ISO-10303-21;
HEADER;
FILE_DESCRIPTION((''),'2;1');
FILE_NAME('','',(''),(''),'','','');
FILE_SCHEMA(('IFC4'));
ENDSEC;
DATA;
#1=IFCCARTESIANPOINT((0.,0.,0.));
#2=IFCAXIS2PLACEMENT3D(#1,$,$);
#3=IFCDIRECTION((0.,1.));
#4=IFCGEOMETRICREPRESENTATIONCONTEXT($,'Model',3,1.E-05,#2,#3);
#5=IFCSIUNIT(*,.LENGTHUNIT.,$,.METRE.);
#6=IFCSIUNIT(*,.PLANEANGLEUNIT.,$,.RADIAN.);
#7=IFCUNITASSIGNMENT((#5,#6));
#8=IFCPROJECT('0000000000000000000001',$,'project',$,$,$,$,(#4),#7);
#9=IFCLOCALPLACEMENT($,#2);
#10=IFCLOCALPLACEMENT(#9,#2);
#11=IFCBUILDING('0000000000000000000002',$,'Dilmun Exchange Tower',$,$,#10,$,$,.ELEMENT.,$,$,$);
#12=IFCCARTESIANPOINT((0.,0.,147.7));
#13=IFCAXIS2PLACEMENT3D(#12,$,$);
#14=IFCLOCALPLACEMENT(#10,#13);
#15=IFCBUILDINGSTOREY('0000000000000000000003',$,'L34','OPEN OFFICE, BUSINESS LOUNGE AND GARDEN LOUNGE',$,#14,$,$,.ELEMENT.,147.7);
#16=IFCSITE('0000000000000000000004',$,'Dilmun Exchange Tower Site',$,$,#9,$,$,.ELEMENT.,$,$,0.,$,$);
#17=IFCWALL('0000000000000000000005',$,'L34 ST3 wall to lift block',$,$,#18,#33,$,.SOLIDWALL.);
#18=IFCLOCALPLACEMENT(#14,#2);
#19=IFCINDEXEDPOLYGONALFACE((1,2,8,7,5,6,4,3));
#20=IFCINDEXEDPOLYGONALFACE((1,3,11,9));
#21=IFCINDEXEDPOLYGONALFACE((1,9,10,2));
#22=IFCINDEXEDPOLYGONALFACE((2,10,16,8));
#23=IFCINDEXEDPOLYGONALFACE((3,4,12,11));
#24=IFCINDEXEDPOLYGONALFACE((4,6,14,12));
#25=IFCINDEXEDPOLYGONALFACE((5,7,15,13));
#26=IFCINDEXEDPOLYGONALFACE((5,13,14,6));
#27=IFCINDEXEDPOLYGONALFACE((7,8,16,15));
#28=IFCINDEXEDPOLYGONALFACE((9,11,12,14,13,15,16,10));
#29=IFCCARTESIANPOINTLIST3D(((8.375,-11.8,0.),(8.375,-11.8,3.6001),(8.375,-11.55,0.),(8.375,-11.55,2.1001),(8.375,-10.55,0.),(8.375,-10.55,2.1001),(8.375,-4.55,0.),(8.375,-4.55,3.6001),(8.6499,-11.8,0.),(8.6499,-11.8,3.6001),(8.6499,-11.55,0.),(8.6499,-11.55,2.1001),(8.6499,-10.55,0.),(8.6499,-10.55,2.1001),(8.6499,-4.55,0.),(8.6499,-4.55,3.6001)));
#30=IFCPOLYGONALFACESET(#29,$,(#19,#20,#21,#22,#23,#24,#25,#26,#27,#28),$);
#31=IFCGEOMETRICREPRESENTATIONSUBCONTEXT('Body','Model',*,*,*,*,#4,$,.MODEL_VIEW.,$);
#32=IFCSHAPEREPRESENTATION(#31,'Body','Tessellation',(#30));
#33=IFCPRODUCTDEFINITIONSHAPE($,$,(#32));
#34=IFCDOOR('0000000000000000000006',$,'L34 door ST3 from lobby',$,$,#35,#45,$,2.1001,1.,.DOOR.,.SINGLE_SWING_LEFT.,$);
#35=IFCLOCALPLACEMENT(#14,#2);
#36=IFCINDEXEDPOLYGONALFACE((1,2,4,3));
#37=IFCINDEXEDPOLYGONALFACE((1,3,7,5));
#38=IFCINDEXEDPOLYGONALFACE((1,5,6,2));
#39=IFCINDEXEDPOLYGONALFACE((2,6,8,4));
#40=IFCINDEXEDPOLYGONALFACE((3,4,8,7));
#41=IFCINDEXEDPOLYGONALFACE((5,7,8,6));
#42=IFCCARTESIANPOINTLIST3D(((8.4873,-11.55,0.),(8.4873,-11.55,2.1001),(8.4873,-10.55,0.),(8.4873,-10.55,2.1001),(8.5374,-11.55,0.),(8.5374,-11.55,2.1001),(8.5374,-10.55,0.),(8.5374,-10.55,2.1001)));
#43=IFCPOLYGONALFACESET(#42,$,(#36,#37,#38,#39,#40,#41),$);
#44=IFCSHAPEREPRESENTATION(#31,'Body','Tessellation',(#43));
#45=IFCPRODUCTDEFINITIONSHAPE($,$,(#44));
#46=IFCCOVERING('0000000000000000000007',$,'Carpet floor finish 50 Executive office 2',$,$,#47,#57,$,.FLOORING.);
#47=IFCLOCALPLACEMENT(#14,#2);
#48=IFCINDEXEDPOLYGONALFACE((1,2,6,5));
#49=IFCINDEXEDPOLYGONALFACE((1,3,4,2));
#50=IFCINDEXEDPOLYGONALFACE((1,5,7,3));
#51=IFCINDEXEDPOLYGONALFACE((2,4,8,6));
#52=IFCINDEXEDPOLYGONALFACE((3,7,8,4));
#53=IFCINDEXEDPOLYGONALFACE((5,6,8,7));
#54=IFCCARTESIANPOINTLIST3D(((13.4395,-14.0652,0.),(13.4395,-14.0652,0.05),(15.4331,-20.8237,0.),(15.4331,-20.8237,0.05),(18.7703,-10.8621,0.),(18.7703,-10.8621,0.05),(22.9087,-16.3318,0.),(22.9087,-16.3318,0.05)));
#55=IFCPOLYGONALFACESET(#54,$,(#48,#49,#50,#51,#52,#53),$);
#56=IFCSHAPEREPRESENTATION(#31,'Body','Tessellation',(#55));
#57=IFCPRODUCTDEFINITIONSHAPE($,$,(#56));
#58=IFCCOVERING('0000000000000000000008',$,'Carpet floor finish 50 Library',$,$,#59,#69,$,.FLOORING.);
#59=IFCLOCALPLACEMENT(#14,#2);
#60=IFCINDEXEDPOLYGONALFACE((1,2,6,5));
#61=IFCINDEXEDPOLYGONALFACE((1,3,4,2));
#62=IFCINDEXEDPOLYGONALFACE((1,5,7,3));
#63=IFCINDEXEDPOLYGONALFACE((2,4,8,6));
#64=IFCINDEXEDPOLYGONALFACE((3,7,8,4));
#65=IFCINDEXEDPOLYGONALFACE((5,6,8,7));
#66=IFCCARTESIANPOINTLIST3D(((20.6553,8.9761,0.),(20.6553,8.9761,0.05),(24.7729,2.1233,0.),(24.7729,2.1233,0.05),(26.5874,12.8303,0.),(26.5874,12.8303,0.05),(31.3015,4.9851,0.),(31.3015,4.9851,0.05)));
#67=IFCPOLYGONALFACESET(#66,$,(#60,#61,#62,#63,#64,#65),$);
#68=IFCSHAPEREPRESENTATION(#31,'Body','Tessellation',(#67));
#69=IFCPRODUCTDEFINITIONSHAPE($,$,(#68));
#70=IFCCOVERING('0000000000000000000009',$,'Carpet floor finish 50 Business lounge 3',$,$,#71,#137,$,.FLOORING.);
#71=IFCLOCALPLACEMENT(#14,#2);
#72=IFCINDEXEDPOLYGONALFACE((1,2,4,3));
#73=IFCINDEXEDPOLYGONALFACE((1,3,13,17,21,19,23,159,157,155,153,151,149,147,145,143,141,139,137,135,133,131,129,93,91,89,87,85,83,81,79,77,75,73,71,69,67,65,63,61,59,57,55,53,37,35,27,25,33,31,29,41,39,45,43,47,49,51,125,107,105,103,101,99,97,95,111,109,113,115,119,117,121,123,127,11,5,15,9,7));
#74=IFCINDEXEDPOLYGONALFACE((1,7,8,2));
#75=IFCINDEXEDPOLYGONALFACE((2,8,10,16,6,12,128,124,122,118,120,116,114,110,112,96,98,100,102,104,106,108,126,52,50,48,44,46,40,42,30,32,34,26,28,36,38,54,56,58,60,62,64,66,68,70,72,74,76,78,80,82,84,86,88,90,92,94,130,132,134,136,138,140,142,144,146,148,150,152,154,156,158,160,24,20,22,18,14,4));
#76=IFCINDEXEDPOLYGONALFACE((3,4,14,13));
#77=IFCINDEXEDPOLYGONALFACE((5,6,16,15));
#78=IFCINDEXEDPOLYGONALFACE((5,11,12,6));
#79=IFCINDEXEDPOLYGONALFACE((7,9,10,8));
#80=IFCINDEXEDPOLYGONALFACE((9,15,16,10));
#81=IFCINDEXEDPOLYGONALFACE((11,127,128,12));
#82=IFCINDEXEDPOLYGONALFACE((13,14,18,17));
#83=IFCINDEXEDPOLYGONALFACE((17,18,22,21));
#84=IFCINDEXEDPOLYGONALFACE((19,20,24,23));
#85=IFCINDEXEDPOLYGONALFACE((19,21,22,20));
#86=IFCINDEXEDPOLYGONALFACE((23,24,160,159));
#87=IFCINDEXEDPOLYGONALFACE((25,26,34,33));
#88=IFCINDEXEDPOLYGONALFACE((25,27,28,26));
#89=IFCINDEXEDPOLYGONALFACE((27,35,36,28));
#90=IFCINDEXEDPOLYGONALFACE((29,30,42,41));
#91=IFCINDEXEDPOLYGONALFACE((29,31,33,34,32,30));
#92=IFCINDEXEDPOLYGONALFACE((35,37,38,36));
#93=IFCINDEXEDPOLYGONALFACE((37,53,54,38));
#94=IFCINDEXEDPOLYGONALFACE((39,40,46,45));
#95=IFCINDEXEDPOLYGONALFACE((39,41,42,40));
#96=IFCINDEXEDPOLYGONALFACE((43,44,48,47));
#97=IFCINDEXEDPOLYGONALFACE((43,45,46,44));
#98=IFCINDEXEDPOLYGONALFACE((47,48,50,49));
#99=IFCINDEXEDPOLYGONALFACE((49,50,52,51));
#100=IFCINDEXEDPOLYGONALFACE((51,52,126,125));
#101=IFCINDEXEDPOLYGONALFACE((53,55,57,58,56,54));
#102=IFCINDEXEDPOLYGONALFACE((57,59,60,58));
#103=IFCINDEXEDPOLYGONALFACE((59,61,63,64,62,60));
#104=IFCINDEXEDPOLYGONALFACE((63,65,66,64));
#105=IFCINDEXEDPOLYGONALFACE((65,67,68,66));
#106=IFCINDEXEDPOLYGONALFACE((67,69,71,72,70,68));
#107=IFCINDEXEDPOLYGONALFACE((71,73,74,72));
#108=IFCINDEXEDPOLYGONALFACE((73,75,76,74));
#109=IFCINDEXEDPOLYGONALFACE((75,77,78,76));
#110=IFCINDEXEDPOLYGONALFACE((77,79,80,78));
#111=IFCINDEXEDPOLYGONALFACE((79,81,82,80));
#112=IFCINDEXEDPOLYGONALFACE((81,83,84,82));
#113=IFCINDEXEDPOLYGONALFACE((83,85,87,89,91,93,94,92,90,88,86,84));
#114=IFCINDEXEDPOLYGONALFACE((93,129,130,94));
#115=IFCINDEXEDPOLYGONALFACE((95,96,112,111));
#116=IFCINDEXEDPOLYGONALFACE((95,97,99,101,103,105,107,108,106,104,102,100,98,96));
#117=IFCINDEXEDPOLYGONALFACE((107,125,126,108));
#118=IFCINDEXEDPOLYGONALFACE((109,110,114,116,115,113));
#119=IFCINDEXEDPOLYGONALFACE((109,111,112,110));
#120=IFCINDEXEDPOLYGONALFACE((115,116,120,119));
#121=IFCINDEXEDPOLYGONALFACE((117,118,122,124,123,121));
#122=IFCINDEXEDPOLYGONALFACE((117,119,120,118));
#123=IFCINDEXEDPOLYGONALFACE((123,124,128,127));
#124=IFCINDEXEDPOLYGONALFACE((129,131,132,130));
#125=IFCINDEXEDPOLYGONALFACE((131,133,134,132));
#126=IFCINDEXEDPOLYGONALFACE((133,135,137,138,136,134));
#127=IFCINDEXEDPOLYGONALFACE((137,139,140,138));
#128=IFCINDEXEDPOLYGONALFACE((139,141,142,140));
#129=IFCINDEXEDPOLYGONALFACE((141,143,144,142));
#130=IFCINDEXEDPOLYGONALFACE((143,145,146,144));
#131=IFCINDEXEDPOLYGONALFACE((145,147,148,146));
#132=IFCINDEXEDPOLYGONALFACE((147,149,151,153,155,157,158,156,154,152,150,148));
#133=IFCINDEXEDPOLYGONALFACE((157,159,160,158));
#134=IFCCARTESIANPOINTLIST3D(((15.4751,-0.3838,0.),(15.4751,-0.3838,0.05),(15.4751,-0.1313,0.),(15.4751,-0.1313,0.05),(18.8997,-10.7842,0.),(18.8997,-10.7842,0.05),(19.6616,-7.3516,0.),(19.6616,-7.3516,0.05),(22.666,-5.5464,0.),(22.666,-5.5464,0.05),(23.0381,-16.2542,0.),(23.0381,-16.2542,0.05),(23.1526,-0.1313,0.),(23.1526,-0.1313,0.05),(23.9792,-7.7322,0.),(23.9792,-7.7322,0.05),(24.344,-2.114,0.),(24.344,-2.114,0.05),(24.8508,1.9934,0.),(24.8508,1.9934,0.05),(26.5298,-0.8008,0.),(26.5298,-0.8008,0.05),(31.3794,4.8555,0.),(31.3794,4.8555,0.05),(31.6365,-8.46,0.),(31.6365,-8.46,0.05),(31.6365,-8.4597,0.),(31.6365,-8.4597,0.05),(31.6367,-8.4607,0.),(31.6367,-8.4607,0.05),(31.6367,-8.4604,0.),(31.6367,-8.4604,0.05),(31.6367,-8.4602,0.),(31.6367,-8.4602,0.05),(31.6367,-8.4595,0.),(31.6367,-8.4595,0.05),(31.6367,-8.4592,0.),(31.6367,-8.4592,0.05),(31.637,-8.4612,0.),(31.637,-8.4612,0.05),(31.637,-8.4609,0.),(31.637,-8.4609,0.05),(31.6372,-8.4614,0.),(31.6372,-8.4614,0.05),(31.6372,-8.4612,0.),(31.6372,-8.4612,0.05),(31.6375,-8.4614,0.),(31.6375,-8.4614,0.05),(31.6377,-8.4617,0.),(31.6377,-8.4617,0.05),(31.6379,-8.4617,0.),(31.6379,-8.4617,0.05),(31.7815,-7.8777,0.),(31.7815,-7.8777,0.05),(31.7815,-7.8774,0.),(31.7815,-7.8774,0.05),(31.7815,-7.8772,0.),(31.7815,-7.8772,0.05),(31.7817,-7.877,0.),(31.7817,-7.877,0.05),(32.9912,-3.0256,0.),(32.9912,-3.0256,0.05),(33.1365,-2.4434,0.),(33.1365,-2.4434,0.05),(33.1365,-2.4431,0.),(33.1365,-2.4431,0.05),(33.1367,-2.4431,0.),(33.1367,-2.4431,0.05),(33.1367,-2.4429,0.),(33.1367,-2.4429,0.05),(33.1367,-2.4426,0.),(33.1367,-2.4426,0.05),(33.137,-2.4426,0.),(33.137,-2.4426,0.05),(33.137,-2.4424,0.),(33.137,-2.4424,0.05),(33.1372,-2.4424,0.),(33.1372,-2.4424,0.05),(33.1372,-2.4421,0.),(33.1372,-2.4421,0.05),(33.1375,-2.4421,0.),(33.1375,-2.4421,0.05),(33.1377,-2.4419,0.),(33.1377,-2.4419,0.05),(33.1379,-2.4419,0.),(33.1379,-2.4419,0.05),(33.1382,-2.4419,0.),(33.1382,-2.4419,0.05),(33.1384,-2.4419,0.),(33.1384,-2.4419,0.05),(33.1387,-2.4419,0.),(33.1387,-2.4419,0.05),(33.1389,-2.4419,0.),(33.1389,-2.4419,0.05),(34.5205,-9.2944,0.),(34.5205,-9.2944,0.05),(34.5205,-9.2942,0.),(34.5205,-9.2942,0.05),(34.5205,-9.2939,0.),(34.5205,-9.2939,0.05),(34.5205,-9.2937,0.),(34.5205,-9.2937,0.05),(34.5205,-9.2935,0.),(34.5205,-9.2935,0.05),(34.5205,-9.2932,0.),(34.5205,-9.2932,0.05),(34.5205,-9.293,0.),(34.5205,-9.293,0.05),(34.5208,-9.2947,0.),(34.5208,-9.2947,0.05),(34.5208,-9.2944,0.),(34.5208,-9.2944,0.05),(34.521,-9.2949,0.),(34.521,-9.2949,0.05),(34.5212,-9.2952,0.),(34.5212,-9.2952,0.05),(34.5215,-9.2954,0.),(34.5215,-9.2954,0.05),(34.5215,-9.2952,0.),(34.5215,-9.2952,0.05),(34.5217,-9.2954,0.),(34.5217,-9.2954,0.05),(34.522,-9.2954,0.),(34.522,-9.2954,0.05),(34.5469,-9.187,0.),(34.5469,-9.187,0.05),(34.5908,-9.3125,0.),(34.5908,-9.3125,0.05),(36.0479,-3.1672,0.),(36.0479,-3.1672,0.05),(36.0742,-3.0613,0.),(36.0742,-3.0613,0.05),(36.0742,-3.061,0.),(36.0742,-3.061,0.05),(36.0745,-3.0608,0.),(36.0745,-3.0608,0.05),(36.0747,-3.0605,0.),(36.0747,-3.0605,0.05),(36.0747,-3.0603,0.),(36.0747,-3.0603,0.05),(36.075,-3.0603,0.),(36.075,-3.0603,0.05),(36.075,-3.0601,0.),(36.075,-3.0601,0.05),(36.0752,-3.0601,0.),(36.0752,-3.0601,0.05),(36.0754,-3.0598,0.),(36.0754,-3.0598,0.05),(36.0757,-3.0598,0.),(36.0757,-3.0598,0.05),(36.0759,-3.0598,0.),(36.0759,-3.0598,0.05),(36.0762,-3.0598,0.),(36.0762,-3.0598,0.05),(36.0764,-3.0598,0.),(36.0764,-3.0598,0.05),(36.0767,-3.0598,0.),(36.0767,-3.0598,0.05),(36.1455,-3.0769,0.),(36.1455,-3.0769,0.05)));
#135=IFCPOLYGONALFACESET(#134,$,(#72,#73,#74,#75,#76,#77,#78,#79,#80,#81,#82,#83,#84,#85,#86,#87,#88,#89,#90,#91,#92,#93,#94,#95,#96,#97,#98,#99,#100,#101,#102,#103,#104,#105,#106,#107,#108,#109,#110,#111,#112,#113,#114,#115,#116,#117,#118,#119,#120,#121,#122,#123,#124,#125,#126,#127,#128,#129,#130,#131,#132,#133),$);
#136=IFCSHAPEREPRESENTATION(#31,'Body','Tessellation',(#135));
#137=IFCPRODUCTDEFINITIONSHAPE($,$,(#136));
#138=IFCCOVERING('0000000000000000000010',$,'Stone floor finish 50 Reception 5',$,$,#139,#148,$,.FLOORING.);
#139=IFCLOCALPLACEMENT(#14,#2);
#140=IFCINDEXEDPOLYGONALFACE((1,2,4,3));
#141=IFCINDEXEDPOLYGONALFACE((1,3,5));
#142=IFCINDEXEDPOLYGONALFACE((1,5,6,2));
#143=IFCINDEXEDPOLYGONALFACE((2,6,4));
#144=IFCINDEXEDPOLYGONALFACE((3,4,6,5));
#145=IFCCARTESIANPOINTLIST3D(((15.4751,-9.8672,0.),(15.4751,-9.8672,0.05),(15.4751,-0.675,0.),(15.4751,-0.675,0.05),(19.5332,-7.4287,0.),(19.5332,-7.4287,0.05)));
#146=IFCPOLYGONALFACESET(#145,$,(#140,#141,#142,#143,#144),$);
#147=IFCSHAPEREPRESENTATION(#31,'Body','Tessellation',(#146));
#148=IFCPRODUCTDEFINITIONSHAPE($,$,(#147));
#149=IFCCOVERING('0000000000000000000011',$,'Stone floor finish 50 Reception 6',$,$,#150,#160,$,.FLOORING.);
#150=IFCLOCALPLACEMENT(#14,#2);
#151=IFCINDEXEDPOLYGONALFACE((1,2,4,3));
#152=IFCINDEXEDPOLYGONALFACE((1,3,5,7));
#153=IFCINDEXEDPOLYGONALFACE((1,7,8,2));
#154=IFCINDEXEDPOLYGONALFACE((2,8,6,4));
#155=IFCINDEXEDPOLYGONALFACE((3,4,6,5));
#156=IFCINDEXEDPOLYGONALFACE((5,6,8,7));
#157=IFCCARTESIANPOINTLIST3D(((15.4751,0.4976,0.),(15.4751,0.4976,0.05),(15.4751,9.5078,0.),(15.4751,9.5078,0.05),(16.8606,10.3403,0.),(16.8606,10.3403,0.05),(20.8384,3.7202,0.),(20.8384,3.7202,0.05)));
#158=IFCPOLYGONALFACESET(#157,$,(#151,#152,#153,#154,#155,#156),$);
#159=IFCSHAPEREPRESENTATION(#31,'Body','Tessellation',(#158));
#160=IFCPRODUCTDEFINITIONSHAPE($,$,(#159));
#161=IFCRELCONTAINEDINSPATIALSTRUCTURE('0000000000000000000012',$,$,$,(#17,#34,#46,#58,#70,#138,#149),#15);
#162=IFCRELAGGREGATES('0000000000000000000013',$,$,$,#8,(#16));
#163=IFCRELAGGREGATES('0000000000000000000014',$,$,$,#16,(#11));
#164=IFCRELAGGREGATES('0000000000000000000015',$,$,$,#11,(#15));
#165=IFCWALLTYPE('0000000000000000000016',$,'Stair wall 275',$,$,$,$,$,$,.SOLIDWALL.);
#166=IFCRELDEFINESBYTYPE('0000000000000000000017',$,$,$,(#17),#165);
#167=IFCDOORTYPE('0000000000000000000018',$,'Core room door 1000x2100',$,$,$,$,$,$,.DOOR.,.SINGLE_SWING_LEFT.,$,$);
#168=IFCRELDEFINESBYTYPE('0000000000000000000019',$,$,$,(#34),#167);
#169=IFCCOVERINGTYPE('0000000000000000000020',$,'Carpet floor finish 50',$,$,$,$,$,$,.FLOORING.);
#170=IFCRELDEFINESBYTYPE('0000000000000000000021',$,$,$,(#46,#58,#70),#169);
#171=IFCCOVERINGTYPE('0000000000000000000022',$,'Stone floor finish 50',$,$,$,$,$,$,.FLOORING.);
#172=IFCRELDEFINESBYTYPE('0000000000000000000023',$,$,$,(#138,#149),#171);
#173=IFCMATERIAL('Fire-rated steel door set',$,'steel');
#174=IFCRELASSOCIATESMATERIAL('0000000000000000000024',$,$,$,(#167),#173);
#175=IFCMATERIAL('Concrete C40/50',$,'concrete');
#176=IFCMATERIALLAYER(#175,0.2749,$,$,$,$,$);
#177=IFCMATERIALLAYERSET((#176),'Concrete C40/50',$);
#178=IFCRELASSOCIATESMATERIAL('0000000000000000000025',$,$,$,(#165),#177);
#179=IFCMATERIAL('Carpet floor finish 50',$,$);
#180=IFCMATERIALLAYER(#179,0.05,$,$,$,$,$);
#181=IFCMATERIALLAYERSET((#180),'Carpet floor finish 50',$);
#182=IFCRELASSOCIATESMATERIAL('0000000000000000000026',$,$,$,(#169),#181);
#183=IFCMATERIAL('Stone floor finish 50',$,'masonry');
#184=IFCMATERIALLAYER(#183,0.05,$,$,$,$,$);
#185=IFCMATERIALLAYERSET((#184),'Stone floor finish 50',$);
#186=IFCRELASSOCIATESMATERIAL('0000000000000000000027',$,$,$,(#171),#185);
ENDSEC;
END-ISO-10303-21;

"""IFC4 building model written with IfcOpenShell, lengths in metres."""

from ifc_helpers import new_model, si_unit, direction, frame, frame_2d, origin, place, context, subcontext, project, spatial, polyline, rectangle, outline, extrude, material, layer, layer_set, type_object, element, fill, save


model = new_model("IFC4")

# Units and contexts
model_context = context("Model", 3, precision=1e-05, world=origin(), true_north=direction((0.0, 1.0)))
body_context = subcontext(model_context, "Body", "Model", "MODEL_VIEW")
ifc_project = project(units=[si_unit("LENGTHUNIT", "METRE"), si_unit("PLANEANGLEUNIT", "RADIAN")], contexts=[model_context])

# Site, building, storey
site_placement = place(None, origin())
site = spatial("IfcSite", under=ifc_project, at=site_placement, Name="Dilmun Exchange Tower Site", CompositionType="ELEMENT", RefElevation=0.0)
building_placement = place(site_placement, origin())
building = spatial("IfcBuilding", under=site, at=building_placement, Name="Dilmun Exchange Tower", CompositionType="ELEMENT")
storey_placement = place(building_placement, frame((0.0, 0.0, 147.7)))
storey = spatial("IfcBuildingStorey", under=building, at=storey_placement, Name="L34", Description="OPEN OFFICE, BUSINESS LOUNGE AND GARDEN LOUNGE", CompositionType="ELEMENT", Elevation=147.7)

# Shared definitions
ifc_material_1 = material(Name="Concrete C40/50", Category="concrete")
ifc_material_2 = material(Name="Fire-rated steel door set", Category="steel")
door_type_1 = type_object("IfcDoorType", Name="Core room door 1000x2100", OperationType="SINGLE_SWING_LEFT", PredefinedType="DOOR", material=ifc_material_2)

# Wall, opening, door
ifc_layer_1 = layer(ifc_material_1, 0.2749)
ifc_layer_set_1 = layer_set([ifc_layer_1], Name="Concrete C40/50")
wall_type_1 = type_object("IfcWallType", Name="Stair wall 275", PredefinedType="SOLIDWALL", material=ifc_layer_set_1)
wall_1_placement = place(storey_placement, frame((8.5125, -4.55, 0.0), z_axis=(0.0, 0.0, 1.0), x_axis=(0.0, -1.0, 0.0)))
wall_1 = element("IfcWall", 1, at=wall_1_placement, inside=storey, type_object=wall_type_1, Name="L34 ST3 wall to lift block", PredefinedType="SOLIDWALL", context=body_context, shape_type="SweptSolid", body=[
    extrude(rectangle(XDim=7.25, YDim=0.2749, at=frame_2d((3.625, 0.0))), origin(), (0.0, 0.0, 1.0), 3.6001),
])
opening_1_placement = place(wall_1_placement, frame((6.0, 0.0, 0.0)))
opening_1 = element("IfcOpeningElement", 2, at=opening_1_placement, cuts=wall_1, PredefinedType="OPENING", context=body_context, shape_type="SweptSolid", body=[
    extrude(rectangle(XDim=1.0, YDim=2.1001, at=frame_2d((0.5, 1.05))), frame((0.0, 0.1475, 0.0), z_axis=(0.0, -1.0, 0.0), x_axis=(1.0, 0.0, 0.0)), (0.0, 0.0, 1.0), 0.2949),
])
door_1_placement = place(opening_1_placement, origin())
door_1 = element("IfcDoor", 3, at=door_1_placement, inside=storey, type_object=door_type_1, Name="L34 door ST3 from lobby", OperationType="SINGLE_SWING_LEFT", OverallHeight=2.1001, OverallWidth=1.0, PredefinedType="DOOR", context=body_context, shape_type="SweptSolid", body=[
    extrude(rectangle(XDim=1.0, YDim=2.1001, at=frame_2d((0.5, 1.05))), frame((0.0, 0.0249, 0.0), z_axis=(0.0, -1.0, 0.0), x_axis=(1.0, 0.0, 0.0)), (0.0, 0.0, 1.0), 0.05),
])
fill(opening_1, door_1)

# Coverings
ifc_material_3 = material(Name="Carpet floor finish 50")
ifc_layer_2 = layer(ifc_material_3, 0.05)
ifc_layer_set_2 = layer_set([ifc_layer_2], Name="Carpet floor finish 50")
covering_type_1 = type_object("IfcCoveringType", Name="Carpet floor finish 50", PredefinedType="FLOORING", material=ifc_layer_set_2)
covering_1_placement = place(storey_placement, origin())
element("IfcCovering", 4, at=covering_1_placement, inside=storey, type_object=covering_type_1, Name="Carpet floor finish 50 Executive office 2", PredefinedType="FLOORING", context=body_context, shape_type="SweptSolid", body=[
    extrude(outline(polyline([(13.4395, -14.0652), (18.7703, -10.8621), (22.9087, -16.3318), (15.4331, -20.8237), (13.4395, -14.0652)])), origin(), (0.0, 0.0, 1.0), 0.05),
])
covering_2_placement = place(storey_placement, origin())
element("IfcCovering", 5, at=covering_2_placement, inside=storey, type_object=covering_type_1, Name="Carpet floor finish 50 Library", PredefinedType="FLOORING", context=body_context, shape_type="SweptSolid", body=[
    extrude(outline(polyline([(24.7729, 2.1233), (20.6553, 8.9761), (26.5874, 12.8303), (31.3015, 4.9851), (24.7729, 2.1233)])), origin(), (0.0, 0.0, 1.0), 0.05),
])
covering_3_placement = place(storey_placement, origin())
element("IfcCovering", 6, at=covering_3_placement, inside=storey, type_object=covering_type_1, Name="Carpet floor finish 50 Business lounge 3", PredefinedType="FLOORING", context=body_context, shape_type="SweptSolid", body=[
    extrude(outline(polyline([(24.344, -2.114), (26.5298, -0.8008), (24.8508, 1.9934), (31.3794, 4.8555), (36.1455, -3.0769), (36.0767, -3.0598), (36.0764, -3.0598), (36.0764, -3.0598), (36.0762, -3.0598), (36.0759, -3.0598), (36.0757, -3.0598), (36.0754, -3.0598), (36.0754, -3.0598), (36.0752, -3.0601), (36.075, -3.0601), (36.075, -3.0603), (36.0747, -3.0603), (36.0747, -3.0605), (36.0745, -3.0608), (36.0745, -3.0608), (36.0742, -3.061), (36.0742, -3.0613), (36.0479, -3.1672), (33.1389, -2.4419), (33.1387, -2.4419), (33.1384, -2.4419), (33.1382, -2.4419), (33.1382, -2.4419), (33.1379, -2.4419), (33.1377, -2.4419), (33.1375, -2.4421), (33.1372, -2.4421), (33.1372, -2.4424), (33.137, -2.4424), (33.137, -2.4426), (33.1367, -2.4426), (33.1367, -2.4429), (33.1367, -2.4431), (33.1365, -2.4431), (33.1365, -2.4434), (32.9912, -3.0256), (32.9912, -3.0256), (32.9912, -3.0256), (31.7817, -7.877), (31.7815, -7.8772), (31.7815, -7.8774), (31.7815, -7.8777), (31.6367, -8.4592), (31.6367, -8.4595), (31.6365, -8.4597), (31.6365, -8.46), (31.6367, -8.4602), (31.6367, -8.4602), (31.6367, -8.4604), (31.6367, -8.4607), (31.6367, -8.4607), (31.637, -8.4609), (31.637, -8.4612), (31.6372, -8.4612), (31.6372, -8.4614), (31.6375, -8.4614), (31.6377, -8.4617), (31.6379, -8.4617), (31.6379, -8.4617), (34.5469, -9.187), (34.5205, -9.293), (34.5205, -9.2932), (34.5205, -9.2935), (34.5205, -9.2937), (34.5205, -9.2937), (34.5205, -9.2939), (34.5205, -9.2942), (34.5205, -9.2944), (34.5208, -9.2944), (34.5208, -9.2947), (34.521, -9.2949), (34.521, -9.2949), (34.5212, -9.2952), (34.5215, -9.2952), (34.5215, -9.2954), (34.5217, -9.2954), (34.522, -9.2954), (34.5908, -9.3125), (23.0381, -16.2542), (18.8997, -10.7842), (23.9792, -7.7322), (22.666, -5.5464), (19.6616, -7.3516), (15.4751, -0.3838), (15.4751, -0.1313), (23.1526, -0.1313), (24.344, -2.114)])), origin(), (0.0, 0.0, 1.0), 0.05),
])
ifc_material_4 = material(Name="Stone floor finish 50", Category="masonry")
ifc_layer_3 = layer(ifc_material_4, 0.05)
ifc_layer_set_3 = layer_set([ifc_layer_3], Name="Stone floor finish 50")
covering_type_2 = type_object("IfcCoveringType", Name="Stone floor finish 50", PredefinedType="FLOORING", material=ifc_layer_set_3)
covering_4_placement = place(storey_placement, origin())
element("IfcCovering", 7, at=covering_4_placement, inside=storey, type_object=covering_type_2, Name="Stone floor finish 50 Reception 5", PredefinedType="FLOORING", context=body_context, shape_type="SweptSolid", body=[
    extrude(outline(polyline([(15.4751, -0.675), (19.5332, -7.4287), (15.4751, -9.8672), (15.4751, -0.675)])), origin(), (0.0, 0.0, 1.0), 0.05),
])
covering_5_placement = place(storey_placement, origin())
element("IfcCovering", 8, at=covering_5_placement, inside=storey, type_object=covering_type_2, Name="Stone floor finish 50 Reception 6", PredefinedType="FLOORING", context=body_context, shape_type="SweptSolid", body=[
    extrude(outline(polyline([(15.4751, 9.5078), (16.8606, 10.3403), (20.8384, 3.7202), (15.4751, 0.4976), (15.4751, 9.5078)])), origin(), (0.0, 0.0, 1.0), 0.05),
])

save(model, "model.ifc")
